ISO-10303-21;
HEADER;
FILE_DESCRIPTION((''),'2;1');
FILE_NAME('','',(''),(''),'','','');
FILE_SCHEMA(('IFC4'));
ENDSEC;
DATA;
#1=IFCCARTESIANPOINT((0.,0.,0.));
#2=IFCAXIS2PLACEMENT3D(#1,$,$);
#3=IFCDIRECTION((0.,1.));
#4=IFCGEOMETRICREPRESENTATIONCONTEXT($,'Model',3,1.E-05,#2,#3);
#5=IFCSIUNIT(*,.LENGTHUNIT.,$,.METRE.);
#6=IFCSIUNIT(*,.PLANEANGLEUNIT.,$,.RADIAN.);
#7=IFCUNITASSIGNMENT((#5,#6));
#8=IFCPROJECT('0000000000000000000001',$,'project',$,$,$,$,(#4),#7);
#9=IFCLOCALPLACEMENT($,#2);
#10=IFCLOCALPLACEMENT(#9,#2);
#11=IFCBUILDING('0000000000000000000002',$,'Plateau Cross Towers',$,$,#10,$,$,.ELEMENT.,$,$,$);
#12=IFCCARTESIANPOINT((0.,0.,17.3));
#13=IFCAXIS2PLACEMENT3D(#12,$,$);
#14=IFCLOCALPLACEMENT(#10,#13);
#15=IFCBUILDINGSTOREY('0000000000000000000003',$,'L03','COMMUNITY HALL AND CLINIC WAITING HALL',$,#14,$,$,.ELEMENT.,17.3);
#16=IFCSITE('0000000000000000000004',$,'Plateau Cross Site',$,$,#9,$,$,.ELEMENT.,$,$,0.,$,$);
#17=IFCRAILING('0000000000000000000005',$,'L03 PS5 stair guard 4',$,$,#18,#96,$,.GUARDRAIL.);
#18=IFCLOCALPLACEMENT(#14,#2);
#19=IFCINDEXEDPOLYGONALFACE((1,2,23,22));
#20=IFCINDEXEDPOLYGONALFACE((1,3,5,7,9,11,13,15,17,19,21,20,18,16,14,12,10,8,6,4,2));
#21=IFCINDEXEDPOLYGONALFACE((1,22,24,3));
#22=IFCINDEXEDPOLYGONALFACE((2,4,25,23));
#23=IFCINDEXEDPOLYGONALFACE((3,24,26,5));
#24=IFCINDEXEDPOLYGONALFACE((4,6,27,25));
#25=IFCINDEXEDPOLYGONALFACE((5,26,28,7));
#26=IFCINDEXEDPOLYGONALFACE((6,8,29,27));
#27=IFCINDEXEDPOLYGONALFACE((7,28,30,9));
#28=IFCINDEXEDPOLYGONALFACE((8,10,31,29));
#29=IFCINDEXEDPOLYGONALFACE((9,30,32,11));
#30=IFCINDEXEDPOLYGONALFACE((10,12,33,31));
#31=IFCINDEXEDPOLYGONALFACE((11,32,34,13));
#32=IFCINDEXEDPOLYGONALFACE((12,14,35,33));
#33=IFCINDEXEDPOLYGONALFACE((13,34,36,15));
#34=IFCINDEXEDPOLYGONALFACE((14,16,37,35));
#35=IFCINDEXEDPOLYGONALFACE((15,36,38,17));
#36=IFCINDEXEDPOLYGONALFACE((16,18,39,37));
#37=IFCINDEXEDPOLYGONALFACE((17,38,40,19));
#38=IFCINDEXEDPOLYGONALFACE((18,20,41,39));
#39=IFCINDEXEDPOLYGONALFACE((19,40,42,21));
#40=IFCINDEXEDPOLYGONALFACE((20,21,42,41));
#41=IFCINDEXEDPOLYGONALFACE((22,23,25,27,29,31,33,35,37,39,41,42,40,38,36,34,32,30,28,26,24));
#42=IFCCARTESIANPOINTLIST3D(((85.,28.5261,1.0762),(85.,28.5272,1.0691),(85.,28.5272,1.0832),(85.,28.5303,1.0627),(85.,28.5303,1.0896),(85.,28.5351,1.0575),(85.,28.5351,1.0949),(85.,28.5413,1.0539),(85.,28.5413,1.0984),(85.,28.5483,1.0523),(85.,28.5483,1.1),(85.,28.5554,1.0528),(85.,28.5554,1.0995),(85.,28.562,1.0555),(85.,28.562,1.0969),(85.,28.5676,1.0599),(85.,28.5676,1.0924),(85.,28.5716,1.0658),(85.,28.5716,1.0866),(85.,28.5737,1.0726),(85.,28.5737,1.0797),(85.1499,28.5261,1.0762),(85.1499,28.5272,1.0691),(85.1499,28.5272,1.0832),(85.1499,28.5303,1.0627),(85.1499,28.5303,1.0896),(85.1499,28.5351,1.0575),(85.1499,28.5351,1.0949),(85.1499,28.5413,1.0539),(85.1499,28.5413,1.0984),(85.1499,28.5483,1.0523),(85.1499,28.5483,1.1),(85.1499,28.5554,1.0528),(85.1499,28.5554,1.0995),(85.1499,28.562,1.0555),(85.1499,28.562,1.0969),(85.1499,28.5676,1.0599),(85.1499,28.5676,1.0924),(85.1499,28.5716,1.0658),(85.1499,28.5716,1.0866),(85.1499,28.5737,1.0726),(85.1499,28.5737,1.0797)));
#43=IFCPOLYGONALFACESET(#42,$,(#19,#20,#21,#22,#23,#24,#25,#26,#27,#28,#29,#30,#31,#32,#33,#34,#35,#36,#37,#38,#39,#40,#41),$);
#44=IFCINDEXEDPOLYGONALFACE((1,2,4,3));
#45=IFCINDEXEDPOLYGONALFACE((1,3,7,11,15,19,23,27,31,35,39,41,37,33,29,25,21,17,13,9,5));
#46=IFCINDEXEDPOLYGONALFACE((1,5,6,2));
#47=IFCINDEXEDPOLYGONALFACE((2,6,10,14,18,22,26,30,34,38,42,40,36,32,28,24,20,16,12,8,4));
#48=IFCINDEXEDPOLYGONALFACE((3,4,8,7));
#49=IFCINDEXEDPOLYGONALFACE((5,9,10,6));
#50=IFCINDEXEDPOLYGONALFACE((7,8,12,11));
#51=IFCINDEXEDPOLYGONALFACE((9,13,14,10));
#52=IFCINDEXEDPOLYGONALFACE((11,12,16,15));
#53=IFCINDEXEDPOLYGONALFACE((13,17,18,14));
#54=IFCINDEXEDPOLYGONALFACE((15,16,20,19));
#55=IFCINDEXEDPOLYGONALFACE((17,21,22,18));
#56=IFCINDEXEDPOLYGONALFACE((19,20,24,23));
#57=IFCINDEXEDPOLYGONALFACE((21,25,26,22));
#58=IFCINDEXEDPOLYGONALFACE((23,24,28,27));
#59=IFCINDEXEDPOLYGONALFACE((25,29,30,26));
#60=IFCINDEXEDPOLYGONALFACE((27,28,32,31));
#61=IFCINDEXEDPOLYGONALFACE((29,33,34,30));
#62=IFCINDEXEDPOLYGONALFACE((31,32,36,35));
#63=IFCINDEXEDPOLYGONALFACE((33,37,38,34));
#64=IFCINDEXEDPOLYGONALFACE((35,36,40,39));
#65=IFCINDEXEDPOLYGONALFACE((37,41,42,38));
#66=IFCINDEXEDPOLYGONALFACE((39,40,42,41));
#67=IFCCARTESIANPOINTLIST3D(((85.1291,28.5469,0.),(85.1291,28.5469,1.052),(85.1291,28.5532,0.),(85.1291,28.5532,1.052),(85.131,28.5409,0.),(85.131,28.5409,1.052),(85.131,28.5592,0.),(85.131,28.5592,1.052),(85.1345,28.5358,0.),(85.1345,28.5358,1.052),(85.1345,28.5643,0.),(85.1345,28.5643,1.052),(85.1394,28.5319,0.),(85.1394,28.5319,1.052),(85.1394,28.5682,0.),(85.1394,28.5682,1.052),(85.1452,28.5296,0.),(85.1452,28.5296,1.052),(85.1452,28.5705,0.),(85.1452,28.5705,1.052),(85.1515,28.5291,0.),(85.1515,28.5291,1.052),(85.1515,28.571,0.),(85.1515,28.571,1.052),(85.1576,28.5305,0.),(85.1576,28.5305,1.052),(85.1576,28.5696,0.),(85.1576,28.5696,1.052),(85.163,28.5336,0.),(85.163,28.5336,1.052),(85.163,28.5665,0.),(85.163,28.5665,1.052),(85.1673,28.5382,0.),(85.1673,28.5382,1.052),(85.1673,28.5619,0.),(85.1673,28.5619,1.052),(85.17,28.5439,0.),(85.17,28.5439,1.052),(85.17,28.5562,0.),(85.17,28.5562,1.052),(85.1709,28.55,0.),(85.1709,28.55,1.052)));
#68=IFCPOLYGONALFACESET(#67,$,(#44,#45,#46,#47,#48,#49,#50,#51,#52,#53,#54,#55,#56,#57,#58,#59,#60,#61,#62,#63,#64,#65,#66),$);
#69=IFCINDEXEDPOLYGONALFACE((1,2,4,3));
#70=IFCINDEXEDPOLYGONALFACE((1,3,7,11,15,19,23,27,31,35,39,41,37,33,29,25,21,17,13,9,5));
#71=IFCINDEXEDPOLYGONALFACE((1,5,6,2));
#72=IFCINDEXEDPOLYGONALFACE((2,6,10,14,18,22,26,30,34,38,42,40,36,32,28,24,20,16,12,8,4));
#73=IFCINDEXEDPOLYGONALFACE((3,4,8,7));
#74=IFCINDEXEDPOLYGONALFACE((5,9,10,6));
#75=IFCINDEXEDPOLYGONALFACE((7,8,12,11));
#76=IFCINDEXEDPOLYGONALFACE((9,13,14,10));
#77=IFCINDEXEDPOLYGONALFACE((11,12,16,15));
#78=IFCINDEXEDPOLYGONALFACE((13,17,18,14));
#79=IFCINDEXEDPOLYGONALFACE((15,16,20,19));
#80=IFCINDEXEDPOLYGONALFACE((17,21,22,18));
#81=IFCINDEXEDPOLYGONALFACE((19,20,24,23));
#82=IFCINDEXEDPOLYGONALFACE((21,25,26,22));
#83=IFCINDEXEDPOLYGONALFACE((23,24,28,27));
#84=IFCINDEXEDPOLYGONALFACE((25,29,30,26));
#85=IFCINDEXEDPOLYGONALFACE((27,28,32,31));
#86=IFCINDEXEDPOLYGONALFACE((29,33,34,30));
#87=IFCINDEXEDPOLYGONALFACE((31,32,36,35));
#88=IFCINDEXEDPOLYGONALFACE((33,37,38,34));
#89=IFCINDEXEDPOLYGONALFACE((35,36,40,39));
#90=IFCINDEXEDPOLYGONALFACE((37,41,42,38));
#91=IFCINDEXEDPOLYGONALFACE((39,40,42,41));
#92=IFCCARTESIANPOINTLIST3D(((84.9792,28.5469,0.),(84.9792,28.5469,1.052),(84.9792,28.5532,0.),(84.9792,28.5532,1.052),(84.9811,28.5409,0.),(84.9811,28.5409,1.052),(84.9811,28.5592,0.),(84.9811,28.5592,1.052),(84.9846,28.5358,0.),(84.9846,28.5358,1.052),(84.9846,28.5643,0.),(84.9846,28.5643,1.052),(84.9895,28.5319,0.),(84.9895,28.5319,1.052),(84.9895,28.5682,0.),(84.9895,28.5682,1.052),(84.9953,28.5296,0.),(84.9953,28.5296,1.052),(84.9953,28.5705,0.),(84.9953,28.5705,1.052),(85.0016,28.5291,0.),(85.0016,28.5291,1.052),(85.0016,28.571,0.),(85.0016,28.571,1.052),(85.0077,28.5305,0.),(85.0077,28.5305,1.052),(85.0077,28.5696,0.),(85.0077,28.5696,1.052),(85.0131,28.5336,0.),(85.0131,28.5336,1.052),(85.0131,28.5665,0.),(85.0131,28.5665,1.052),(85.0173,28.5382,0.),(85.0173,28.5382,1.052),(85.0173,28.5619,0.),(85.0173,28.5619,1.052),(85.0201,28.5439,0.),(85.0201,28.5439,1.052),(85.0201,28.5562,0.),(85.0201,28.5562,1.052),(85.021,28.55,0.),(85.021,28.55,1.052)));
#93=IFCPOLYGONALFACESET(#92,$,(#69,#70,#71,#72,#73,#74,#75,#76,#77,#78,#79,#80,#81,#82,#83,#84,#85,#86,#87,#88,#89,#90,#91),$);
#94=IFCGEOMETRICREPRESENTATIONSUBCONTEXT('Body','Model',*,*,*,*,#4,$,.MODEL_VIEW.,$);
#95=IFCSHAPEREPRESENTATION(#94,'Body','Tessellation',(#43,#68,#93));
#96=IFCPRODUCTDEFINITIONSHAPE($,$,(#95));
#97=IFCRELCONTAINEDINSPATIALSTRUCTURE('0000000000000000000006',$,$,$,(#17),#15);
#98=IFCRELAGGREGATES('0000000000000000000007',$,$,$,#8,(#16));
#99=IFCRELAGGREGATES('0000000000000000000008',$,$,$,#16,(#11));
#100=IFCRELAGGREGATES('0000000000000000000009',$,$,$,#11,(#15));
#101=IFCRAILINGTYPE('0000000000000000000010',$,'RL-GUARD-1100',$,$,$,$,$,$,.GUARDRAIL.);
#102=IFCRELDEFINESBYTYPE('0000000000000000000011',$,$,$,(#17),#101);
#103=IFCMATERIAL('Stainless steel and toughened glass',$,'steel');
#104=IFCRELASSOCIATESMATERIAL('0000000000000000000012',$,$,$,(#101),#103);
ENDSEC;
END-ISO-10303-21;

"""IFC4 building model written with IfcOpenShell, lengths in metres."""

from ifc_helpers import new_model, si_unit, direction, frame, origin, origin_2d, place, context, subcontext, project, spatial, circle, extrude, material, type_object, element, save


model = new_model("IFC4")

# Units and contexts
model_context = context("Model", 3, precision=1e-05, world=origin(), true_north=direction((0.0, 1.0)))
body_context = subcontext(model_context, "Body", "Model", "MODEL_VIEW")
ifc_project = project(units=[si_unit("LENGTHUNIT", "METRE"), si_unit("PLANEANGLEUNIT", "RADIAN")], contexts=[model_context])

# Site, building, storey
site_placement = place(None, origin())
site = spatial("IfcSite", under=ifc_project, at=site_placement, Name="Plateau Cross Site", CompositionType="ELEMENT", RefElevation=0.0)
building_placement = place(site_placement, origin())
building = spatial("IfcBuilding", under=site, at=building_placement, Name="Plateau Cross Towers", CompositionType="ELEMENT")
storey_placement = place(building_placement, frame((0.0, 0.0, 17.3)))
storey = spatial("IfcBuildingStorey", under=building, at=storey_placement, Name="L03", Description="COMMUNITY HALL AND CLINIC WAITING HALL", CompositionType="ELEMENT", Elevation=17.3)

# Railing
ifc_material_1 = material(Name="Stainless steel and toughened glass", Category="steel")
railing_type_1 = type_object("IfcRailingType", Name="RL-GUARD-1100", PredefinedType="GUARDRAIL", material=ifc_material_1)
railing_1_placement = place(storey_placement, frame((85.1499, 28.55, 0.0)))
element("IfcRailing", 1, at=railing_1_placement, inside=storey, type_object=railing_type_1, Name="L03 PS5 stair guard 4", PredefinedType="GUARDRAIL", context=body_context, shape_type="SweptSolid", body=[
    extrude(circle(Radius=0.0239, at=origin_2d()), frame((0.0, 0.0, 1.0762), z_axis=(-1.0, 0.0, 0.0), x_axis=(0.0, -1.0, 0.0)), (0.0, 0.0, 1.0), 0.1499),
    extrude(circle(Radius=0.021, at=origin_2d()), origin(), (0.0, 0.0, 1.0), 1.052),
    extrude(circle(Radius=0.021, at=origin_2d()), frame((-0.1499, 0.0, 0.0)), (0.0, 0.0, 1.0), 1.052),
])

save(model, "model.ifc")
